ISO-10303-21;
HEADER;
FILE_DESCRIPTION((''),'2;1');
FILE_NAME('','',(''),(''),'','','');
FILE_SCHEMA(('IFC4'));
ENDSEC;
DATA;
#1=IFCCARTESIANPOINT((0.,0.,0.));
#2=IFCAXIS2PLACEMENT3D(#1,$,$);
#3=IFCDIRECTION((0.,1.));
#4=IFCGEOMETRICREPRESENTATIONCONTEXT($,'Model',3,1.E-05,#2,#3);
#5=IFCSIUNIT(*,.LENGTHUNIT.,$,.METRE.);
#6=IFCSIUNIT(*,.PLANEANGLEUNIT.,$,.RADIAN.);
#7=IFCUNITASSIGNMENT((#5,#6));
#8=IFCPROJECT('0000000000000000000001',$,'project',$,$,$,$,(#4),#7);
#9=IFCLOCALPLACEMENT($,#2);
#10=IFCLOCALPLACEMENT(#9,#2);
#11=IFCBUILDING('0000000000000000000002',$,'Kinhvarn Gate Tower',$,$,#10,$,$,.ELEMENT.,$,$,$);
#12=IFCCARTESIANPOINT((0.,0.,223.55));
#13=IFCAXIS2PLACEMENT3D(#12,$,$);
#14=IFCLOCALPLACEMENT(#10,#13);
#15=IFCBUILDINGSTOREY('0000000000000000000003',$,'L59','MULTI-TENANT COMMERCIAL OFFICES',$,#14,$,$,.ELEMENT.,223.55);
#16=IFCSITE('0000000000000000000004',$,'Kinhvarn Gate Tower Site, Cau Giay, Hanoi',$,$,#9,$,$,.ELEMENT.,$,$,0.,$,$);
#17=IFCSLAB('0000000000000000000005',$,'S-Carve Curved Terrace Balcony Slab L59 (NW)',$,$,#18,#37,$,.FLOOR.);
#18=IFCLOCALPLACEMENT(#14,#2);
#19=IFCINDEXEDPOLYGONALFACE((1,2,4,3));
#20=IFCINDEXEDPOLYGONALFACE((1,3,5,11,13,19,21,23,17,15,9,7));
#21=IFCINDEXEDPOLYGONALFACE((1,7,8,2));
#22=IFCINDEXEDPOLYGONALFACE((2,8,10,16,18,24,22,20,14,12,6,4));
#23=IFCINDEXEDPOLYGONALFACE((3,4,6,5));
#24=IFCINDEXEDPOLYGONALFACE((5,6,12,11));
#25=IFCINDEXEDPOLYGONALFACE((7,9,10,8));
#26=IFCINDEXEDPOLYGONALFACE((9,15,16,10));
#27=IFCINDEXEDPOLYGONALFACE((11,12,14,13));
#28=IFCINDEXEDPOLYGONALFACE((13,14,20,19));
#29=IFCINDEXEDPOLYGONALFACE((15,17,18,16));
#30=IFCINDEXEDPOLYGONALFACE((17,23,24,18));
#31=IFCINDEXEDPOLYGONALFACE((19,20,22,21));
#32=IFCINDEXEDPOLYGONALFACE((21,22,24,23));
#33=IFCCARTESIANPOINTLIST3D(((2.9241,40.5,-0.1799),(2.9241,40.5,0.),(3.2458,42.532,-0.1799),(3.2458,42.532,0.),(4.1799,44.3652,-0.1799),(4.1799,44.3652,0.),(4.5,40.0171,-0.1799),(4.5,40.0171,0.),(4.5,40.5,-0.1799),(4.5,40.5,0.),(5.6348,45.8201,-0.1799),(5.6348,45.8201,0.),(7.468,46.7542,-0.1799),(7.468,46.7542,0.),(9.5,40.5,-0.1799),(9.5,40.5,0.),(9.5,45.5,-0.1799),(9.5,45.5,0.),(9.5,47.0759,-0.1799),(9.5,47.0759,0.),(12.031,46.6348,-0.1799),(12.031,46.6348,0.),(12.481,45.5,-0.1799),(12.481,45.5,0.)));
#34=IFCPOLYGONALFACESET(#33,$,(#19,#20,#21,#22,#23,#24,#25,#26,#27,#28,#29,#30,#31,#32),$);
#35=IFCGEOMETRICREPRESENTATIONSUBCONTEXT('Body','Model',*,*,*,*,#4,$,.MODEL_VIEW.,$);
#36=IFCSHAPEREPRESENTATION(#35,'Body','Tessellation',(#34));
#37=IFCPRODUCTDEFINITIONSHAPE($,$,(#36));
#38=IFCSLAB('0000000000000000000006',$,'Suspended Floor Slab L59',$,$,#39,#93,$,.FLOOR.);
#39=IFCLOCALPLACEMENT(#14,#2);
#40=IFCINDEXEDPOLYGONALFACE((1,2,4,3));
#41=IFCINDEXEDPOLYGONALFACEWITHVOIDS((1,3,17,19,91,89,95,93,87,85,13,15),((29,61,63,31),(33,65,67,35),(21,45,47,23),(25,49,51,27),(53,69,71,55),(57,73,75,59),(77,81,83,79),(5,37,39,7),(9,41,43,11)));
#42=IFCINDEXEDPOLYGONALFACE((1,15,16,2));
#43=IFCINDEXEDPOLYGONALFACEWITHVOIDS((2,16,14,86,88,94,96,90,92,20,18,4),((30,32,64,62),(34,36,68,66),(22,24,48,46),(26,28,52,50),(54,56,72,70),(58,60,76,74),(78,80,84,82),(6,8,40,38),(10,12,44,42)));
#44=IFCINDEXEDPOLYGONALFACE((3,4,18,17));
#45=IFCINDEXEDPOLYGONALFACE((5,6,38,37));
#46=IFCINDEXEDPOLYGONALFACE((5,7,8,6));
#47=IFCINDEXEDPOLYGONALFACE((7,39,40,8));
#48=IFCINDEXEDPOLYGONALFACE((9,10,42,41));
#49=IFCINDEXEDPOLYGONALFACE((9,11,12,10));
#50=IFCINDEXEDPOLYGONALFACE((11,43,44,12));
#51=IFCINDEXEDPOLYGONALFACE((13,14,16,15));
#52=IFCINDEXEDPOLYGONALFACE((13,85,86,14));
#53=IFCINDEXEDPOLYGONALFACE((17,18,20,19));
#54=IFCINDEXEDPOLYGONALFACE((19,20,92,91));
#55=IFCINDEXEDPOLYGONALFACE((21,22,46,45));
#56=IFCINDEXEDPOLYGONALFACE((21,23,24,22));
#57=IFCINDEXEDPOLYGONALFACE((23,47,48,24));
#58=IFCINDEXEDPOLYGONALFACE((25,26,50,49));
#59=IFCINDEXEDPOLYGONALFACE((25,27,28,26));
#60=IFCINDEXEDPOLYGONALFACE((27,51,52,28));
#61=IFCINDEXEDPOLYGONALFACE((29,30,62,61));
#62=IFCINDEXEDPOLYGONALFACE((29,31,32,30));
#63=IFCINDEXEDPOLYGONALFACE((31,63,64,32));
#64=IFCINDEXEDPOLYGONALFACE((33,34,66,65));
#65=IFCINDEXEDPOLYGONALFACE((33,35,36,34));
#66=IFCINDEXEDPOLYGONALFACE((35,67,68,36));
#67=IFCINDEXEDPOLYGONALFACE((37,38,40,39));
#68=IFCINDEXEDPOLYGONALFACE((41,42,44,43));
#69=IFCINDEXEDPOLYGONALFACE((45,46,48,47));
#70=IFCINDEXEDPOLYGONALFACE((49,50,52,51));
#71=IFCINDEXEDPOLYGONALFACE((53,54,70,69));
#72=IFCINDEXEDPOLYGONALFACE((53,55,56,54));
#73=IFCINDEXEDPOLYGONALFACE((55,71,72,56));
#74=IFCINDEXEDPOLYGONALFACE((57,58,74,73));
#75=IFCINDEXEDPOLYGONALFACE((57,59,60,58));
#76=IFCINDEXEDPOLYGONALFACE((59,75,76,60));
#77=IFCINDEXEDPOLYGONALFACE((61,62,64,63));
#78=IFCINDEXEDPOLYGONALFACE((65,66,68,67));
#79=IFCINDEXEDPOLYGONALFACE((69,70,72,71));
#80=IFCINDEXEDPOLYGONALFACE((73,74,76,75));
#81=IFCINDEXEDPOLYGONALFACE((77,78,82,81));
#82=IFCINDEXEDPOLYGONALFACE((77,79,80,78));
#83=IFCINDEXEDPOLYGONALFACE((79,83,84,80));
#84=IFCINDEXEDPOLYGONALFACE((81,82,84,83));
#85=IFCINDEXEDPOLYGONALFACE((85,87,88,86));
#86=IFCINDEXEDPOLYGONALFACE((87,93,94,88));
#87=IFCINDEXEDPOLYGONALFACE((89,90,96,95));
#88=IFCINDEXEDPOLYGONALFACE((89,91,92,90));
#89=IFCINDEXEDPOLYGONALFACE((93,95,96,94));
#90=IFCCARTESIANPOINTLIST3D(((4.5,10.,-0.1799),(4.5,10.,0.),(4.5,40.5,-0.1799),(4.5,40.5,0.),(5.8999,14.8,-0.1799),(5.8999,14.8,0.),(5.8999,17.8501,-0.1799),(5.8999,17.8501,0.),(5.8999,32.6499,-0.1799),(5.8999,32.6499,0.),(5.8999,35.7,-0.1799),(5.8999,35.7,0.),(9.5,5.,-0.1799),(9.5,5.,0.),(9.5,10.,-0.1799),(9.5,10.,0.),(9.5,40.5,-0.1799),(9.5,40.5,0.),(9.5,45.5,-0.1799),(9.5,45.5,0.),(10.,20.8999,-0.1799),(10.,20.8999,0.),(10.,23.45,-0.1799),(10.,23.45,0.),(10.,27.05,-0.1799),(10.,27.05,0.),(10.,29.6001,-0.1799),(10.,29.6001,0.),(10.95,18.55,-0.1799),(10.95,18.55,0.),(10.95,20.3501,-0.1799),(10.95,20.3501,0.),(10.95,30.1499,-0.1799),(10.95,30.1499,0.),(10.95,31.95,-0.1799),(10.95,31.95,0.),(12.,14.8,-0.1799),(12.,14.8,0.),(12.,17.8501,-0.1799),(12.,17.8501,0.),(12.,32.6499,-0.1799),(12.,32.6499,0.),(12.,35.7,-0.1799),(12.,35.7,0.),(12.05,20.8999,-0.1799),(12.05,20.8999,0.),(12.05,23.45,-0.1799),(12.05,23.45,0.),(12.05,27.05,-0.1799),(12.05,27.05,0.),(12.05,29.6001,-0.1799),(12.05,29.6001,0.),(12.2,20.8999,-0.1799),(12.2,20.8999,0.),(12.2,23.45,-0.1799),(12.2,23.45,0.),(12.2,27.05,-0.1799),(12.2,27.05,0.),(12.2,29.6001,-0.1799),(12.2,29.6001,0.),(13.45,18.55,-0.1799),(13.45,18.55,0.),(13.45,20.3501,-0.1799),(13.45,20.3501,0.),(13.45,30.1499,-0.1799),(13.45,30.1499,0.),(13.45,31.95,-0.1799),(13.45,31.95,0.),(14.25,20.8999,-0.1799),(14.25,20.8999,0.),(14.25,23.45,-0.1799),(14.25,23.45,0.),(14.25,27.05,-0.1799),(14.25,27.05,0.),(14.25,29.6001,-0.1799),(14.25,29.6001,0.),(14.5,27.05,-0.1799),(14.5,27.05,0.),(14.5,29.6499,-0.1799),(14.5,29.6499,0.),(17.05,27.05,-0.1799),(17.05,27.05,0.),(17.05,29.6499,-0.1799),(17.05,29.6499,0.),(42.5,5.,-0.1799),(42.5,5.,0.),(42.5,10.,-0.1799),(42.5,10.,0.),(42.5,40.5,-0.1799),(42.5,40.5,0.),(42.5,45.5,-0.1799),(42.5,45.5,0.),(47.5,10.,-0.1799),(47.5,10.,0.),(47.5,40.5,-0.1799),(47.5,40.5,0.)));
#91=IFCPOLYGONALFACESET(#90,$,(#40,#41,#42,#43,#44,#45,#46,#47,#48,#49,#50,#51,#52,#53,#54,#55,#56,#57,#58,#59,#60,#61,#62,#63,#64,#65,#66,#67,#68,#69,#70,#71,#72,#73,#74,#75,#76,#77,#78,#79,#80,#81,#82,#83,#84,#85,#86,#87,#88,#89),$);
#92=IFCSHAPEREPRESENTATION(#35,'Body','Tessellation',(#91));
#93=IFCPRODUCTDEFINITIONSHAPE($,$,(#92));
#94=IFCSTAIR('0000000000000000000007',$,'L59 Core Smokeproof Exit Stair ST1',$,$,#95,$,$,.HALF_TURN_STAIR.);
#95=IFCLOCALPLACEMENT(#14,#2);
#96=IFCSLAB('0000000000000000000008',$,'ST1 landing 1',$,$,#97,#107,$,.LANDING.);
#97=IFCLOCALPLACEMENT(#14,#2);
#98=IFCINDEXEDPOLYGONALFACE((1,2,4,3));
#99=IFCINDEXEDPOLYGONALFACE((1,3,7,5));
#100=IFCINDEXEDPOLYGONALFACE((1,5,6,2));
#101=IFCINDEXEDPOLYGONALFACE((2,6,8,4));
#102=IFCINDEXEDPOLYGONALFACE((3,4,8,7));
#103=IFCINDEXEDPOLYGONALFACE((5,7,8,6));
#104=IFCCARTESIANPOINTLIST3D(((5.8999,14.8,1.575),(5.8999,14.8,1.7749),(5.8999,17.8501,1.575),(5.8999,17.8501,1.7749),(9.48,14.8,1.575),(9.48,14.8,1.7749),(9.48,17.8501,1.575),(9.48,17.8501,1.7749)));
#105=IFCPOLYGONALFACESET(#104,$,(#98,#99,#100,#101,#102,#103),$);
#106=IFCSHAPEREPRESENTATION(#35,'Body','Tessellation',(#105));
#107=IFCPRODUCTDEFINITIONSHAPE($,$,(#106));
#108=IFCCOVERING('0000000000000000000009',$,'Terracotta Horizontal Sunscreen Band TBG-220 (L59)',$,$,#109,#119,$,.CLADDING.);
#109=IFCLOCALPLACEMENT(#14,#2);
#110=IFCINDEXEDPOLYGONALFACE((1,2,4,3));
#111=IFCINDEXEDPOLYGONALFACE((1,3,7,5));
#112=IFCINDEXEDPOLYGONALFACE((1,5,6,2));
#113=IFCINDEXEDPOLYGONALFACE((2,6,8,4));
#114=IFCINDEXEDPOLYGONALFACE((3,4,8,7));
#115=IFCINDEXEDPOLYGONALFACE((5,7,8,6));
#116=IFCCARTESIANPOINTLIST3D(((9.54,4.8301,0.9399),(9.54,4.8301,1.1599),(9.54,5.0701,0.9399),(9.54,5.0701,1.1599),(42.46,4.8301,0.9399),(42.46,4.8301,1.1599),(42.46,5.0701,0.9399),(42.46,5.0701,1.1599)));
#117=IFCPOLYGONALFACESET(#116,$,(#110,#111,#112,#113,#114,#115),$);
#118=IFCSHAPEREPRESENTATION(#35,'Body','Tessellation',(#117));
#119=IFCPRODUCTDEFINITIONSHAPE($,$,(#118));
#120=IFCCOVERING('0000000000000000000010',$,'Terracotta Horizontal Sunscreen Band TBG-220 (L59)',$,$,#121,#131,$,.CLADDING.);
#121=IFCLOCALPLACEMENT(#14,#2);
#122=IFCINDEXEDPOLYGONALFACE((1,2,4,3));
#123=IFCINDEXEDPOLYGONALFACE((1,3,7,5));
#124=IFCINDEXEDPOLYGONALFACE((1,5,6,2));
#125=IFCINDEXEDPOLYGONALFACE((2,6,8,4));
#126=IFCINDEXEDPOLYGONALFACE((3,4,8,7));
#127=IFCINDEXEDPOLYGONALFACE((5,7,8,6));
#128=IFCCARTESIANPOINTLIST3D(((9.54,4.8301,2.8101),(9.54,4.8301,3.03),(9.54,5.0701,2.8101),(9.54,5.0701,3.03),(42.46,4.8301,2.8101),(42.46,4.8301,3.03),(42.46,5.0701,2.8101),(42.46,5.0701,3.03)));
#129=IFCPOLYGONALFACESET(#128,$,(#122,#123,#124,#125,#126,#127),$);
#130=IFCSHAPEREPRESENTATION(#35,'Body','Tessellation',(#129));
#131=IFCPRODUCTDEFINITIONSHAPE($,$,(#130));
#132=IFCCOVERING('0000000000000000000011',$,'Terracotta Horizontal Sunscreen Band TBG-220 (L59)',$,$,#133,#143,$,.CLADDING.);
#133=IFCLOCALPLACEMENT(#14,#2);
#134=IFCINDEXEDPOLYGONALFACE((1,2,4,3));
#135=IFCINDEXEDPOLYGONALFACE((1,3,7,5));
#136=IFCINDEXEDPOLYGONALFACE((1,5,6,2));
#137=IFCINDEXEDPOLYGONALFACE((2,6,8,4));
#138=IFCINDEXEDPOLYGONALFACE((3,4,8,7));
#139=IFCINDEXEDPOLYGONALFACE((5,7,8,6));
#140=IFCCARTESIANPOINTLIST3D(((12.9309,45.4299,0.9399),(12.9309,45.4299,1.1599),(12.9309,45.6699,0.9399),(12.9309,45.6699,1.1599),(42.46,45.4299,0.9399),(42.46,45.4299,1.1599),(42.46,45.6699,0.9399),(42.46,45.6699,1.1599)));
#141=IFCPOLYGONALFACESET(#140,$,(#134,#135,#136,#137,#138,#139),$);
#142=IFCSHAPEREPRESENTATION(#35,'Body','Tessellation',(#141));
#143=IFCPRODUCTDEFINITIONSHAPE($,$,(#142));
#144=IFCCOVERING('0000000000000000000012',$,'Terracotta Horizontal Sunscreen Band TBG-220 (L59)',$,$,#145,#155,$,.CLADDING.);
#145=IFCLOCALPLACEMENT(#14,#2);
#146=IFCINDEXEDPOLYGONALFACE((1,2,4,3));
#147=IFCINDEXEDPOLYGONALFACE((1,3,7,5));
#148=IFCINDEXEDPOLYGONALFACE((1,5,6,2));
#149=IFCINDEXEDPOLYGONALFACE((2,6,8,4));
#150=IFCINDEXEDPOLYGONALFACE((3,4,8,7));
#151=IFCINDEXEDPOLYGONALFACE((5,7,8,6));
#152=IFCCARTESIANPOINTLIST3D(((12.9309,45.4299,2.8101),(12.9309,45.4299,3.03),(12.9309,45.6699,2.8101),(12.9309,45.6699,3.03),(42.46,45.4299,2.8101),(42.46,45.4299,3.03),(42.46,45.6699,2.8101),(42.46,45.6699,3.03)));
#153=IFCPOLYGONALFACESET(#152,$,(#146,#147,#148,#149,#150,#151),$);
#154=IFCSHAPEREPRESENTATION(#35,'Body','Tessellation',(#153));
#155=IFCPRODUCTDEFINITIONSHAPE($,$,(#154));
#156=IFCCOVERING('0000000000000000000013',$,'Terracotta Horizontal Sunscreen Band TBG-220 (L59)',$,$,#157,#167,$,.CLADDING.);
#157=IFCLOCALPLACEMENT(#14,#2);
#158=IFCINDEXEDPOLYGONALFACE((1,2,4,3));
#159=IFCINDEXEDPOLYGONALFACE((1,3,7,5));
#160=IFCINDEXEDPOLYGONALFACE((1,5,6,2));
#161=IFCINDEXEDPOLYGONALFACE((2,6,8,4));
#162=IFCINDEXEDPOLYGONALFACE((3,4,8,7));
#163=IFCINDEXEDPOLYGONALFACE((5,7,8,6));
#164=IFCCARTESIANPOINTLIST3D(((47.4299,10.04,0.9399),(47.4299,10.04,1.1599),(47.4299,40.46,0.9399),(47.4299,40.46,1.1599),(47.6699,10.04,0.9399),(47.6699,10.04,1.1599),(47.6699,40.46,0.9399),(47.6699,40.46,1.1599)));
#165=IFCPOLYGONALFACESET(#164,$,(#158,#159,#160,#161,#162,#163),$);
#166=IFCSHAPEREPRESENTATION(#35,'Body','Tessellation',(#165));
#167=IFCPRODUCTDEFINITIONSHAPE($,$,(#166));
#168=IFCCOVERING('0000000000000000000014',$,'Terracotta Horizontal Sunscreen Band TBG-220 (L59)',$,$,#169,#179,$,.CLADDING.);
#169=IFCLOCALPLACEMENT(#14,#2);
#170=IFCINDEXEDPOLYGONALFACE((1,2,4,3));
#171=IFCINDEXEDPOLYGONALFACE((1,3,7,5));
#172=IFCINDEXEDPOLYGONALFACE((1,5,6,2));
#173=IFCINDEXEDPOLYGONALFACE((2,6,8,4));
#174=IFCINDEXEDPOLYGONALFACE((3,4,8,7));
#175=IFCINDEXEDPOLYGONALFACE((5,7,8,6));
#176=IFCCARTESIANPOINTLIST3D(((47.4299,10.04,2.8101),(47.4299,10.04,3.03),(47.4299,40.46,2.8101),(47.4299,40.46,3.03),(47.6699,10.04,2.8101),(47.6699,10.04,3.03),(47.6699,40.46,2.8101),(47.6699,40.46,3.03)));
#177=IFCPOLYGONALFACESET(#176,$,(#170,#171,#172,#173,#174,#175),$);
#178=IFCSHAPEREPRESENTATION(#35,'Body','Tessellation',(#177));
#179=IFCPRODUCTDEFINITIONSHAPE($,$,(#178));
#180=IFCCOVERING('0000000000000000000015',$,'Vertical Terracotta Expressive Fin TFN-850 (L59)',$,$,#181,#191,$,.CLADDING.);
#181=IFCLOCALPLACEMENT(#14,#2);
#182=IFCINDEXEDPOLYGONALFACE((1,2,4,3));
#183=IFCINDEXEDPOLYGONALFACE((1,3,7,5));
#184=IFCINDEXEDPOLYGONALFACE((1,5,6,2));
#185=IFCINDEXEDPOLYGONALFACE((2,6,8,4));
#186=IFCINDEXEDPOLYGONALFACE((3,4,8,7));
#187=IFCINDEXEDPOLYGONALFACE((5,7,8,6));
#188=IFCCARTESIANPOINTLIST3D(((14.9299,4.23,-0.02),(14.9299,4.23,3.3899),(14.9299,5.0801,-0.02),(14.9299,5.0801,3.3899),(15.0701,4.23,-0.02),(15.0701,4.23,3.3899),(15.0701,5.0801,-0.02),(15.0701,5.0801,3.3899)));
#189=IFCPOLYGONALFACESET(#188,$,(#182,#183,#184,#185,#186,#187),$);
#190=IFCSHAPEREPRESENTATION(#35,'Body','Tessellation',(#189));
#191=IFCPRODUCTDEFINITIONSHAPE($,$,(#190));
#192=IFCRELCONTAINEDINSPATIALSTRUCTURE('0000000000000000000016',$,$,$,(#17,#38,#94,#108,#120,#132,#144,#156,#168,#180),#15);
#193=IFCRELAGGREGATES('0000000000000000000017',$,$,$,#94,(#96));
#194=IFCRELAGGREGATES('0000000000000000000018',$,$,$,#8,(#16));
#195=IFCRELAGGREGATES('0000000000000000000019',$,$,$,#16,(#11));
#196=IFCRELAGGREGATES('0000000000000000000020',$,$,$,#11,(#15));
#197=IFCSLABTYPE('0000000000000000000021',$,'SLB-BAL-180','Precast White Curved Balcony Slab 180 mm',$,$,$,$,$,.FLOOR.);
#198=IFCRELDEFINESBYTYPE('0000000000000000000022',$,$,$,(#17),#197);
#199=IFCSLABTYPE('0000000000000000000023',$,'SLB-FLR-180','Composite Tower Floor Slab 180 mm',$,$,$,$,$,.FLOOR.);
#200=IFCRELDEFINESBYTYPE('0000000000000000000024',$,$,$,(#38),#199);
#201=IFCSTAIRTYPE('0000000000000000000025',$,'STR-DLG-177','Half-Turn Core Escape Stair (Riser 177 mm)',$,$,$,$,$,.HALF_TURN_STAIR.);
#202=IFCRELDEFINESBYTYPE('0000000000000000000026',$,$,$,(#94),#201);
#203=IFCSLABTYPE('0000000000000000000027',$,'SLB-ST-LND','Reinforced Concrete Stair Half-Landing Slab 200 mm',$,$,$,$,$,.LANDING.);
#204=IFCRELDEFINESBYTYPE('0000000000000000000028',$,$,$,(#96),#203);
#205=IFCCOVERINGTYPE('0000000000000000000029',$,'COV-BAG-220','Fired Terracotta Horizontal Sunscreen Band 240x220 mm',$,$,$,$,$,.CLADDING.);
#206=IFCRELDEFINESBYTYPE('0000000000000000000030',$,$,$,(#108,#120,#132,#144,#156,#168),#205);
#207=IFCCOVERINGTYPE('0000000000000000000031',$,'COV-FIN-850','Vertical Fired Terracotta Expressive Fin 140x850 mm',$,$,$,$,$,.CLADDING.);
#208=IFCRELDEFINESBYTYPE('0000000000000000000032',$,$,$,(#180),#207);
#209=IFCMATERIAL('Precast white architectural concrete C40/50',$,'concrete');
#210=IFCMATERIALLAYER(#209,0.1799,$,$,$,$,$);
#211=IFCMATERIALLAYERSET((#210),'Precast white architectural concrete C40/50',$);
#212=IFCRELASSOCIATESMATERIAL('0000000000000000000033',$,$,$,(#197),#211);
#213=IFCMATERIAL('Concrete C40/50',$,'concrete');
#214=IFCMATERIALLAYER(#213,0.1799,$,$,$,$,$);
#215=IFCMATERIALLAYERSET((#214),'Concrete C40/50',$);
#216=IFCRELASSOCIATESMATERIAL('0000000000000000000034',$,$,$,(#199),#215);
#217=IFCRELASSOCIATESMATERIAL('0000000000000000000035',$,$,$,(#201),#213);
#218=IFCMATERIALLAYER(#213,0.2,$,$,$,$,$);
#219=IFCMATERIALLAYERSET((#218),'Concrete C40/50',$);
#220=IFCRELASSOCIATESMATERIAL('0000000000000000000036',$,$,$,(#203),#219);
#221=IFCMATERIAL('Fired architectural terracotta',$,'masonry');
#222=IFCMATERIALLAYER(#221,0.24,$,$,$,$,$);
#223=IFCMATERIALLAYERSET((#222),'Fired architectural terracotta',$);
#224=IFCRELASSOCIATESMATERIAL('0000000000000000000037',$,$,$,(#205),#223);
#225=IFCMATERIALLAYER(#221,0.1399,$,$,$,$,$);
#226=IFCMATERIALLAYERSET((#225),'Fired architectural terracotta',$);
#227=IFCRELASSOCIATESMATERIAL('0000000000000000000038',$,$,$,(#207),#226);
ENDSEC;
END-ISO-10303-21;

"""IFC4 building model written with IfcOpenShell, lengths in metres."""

from ifc_helpers import new_model, si_unit, direction, frame, origin, place, context, subcontext, project, spatial, polyline, outline, extrude, material, layer, layer_set, type_object, element, aggregate, save


model = new_model("IFC4")

# Units and contexts
model_context = context("Model", 3, precision=1e-05, world=origin(), true_north=direction((0.0, 1.0)))
body_context = subcontext(model_context, "Body", "Model", "MODEL_VIEW")
ifc_project = project(units=[si_unit("LENGTHUNIT", "METRE"), si_unit("PLANEANGLEUNIT", "RADIAN")], contexts=[model_context])

# Site, building, storey
site_placement = place(None, origin())
site = spatial("IfcSite", under=ifc_project, at=site_placement, Name="Kinhvarn Gate Tower Site, Cau Giay, Hanoi", CompositionType="ELEMENT", RefElevation=0.0)
building_placement = place(site_placement, origin())
building = spatial("IfcBuilding", under=site, at=building_placement, Name="Kinhvarn Gate Tower", CompositionType="ELEMENT")
storey_placement = place(building_placement, frame((0.0, 0.0, 223.55)))
storey = spatial("IfcBuildingStorey", under=building, at=storey_placement, Name="L59", Description="MULTI-TENANT COMMERCIAL OFFICES", CompositionType="ELEMENT", Elevation=223.55)

# Slabs
ifc_material_1 = material(Name="Precast white architectural concrete C40/50", Category="concrete")
ifc_layer_1 = layer(ifc_material_1, 0.1799)
ifc_layer_set_1 = layer_set([ifc_layer_1], Name="Precast white architectural concrete C40/50")
slab_type_1 = type_object("IfcSlabType", Name="SLB-BAL-180", Description="Precast White Curved Balcony Slab 180 mm", PredefinedType="FLOOR", material=ifc_layer_set_1)
slab_1_placement = place(storey_placement, frame((0.0, 0.0, -0.1799)))
element("IfcSlab", 1, at=slab_1_placement, inside=storey, type_object=slab_type_1, Name="S-Carve Curved Terrace Balcony Slab L59 (NW)", PredefinedType="FLOOR", context=body_context, shape_type="SweptSolid", body=[
    extrude(outline(polyline([(12.481, 45.5), (12.031, 46.6348), (9.5, 47.0759), (7.468, 46.7542), (5.6348, 45.8201), (4.1799, 44.3652), (3.2458, 42.532), (2.9241, 40.5), (4.5, 40.0171), (4.5, 40.5), (9.5, 40.5), (9.5, 45.5), (12.481, 45.5)])), origin(), (0.0, 0.0, 1.0), 0.1799),
])
ifc_material_2 = material(Name="Concrete C40/50", Category="concrete")
ifc_layer_2 = layer(ifc_material_2, 0.1799)
ifc_layer_set_2 = layer_set([ifc_layer_2], Name="Concrete C40/50")
slab_type_2 = type_object("IfcSlabType", Name="SLB-FLR-180", Description="Composite Tower Floor Slab 180 mm", PredefinedType="FLOOR", material=ifc_layer_set_2)
slab_2_placement = place(storey_placement, frame((0.0, 0.0, -0.1799)))
element("IfcSlab", 2, at=slab_2_placement, inside=storey, type_object=slab_type_2, Name="Suspended Floor Slab L59", PredefinedType="FLOOR", context=body_context, shape_type="SweptSolid", body=[
    extrude(outline(polyline([(9.5, 5.0), (42.5, 5.0), (42.5, 10.0), (47.5, 10.0), (47.5, 40.5), (42.5, 40.5), (42.5, 45.5), (9.5, 45.5), (9.5, 40.5), (4.5, 40.5), (4.5, 10.0), (9.5, 10.0), (9.5, 5.0)]), holes=[polyline([(5.8999, 14.8), (12.0, 14.8), (12.0, 17.8501), (5.8999, 17.8501), (5.8999, 14.8)]), polyline([(5.8999, 32.6499), (12.0, 32.6499), (12.0, 35.7), (5.8999, 35.7), (5.8999, 32.6499)]), polyline([(10.0, 20.8999), (12.05, 20.8999), (12.05, 23.45), (10.0, 23.45), (10.0, 20.8999)]), polyline([(12.2, 20.8999), (14.25, 20.8999), (14.25, 23.45), (12.2, 23.45), (12.2, 20.8999)]), polyline([(10.0, 27.05), (12.05, 27.05), (12.05, 29.6001), (10.0, 29.6001), (10.0, 27.05)]), polyline([(12.2, 27.05), (14.25, 27.05), (14.25, 29.6001), (12.2, 29.6001), (12.2, 27.05)]), polyline([(14.5, 27.05), (17.05, 27.05), (17.05, 29.6499), (14.5, 29.6499), (14.5, 27.05)]), polyline([(10.95, 18.55), (13.45, 18.55), (13.45, 20.3501), (10.95, 20.3501), (10.95, 18.55)]), polyline([(10.95, 30.1499), (13.45, 30.1499), (13.45, 31.95), (10.95, 31.95), (10.95, 30.1499)])]), origin(), (0.0, 0.0, 1.0), 0.1799),
])

# Stair, slab
stair_type = type_object("IfcStairType", Name="STR-DLG-177", Description="Half-Turn Core Escape Stair (Riser 177 mm)", PredefinedType="HALF_TURN_STAIR", material=ifc_material_2)
stair_placement = place(storey_placement, origin())
stair = element("IfcStair", 3, at=stair_placement, inside=storey, type_object=stair_type, Name="L59 Core Smokeproof Exit Stair ST1", PredefinedType="HALF_TURN_STAIR")
ifc_layer_3 = layer(ifc_material_2, 0.2)
ifc_layer_set_3 = layer_set([ifc_layer_3], Name="Concrete C40/50")
slab_type_3 = type_object("IfcSlabType", Name="SLB-ST-LND", Description="Reinforced Concrete Stair Half-Landing Slab 200 mm", PredefinedType="LANDING", material=ifc_layer_set_3)
slab_3_placement = place(storey_placement, frame((0.0, 0.0, 1.575)))
slab_3 = element("IfcSlab", 4, at=slab_3_placement, type_object=slab_type_3, Name="ST1 landing 1", PredefinedType="LANDING", context=body_context, shape_type="SweptSolid", body=[
    extrude(outline(polyline([(9.48, 17.8501), (5.8999, 17.8501), (5.8999, 14.8), (9.48, 14.8), (9.48, 17.8501)])), origin(), (0.0, 0.0, 1.0), 0.2),
])
aggregate(stair, [slab_3])

# Coverings
ifc_material_3 = material(Name="Fired architectural terracotta", Category="masonry")
ifc_layer_4 = layer(ifc_material_3, 0.24)
ifc_layer_set_4 = layer_set([ifc_layer_4], Name="Fired architectural terracotta")
covering_type_1 = type_object("IfcCoveringType", Name="COV-BAG-220", Description="Fired Terracotta Horizontal Sunscreen Band 240x220 mm", PredefinedType="CLADDING", material=ifc_layer_set_4)
for number, where, name in (
    (5, (0.0, 0.0, 0.9399), "Terracotta Horizontal Sunscreen Band TBG-220 (L59)"),
    (6, (0.0, 0.0, 2.8101), "Terracotta Horizontal Sunscreen Band TBG-220 (L59)"),
):
    element("IfcCovering", number, at=place(storey_placement, frame(where)), inside=storey, type_object=covering_type_1, Name=name, PredefinedType="CLADDING", context=body_context, shape_type="SweptSolid", body=[
        extrude(outline(polyline([(9.54, 5.0701), (42.46, 5.0701), (42.46, 4.8301), (9.54, 4.8301), (9.54, 5.0701)])), origin(), (0.0, 0.0, 1.0), 0.22),
    ])
for number, where, name in (
    (7, (0.0, 0.0, 0.9399), "Terracotta Horizontal Sunscreen Band TBG-220 (L59)"),
    (8, (0.0, 0.0, 2.8101), "Terracotta Horizontal Sunscreen Band TBG-220 (L59)"),
):
    element("IfcCovering", number, at=place(storey_placement, frame(where)), inside=storey, type_object=covering_type_1, Name=name, PredefinedType="CLADDING", context=body_context, shape_type="SweptSolid", body=[
        extrude(outline(polyline([(42.46, 45.4299), (12.9309, 45.4299), (12.9309, 45.6699), (42.46, 45.6699), (42.46, 45.4299)])), origin(), (0.0, 0.0, 1.0), 0.22),
    ])
for number, where, name in (
    (9, (0.0, 0.0, 0.9399), "Terracotta Horizontal Sunscreen Band TBG-220 (L59)"),
    (10, (0.0, 0.0, 2.8101), "Terracotta Horizontal Sunscreen Band TBG-220 (L59)"),
):
    element("IfcCovering", number, at=place(storey_placement, frame(where)), inside=storey, type_object=covering_type_1, Name=name, PredefinedType="CLADDING", context=body_context, shape_type="SweptSolid", body=[
        extrude(outline(polyline([(47.4299, 10.04), (47.4299, 40.46), (47.6699, 40.46), (47.6699, 10.04), (47.4299, 10.04)])), origin(), (0.0, 0.0, 1.0), 0.22),
    ])
ifc_layer_5 = layer(ifc_material_3, 0.1399)
ifc_layer_set_5 = layer_set([ifc_layer_5], Name="Fired architectural terracotta")
covering_type_2 = type_object("IfcCoveringType", Name="COV-FIN-850", Description="Vertical Fired Terracotta Expressive Fin 140x850 mm", PredefinedType="CLADDING", material=ifc_layer_set_5)
covering_1_placement = place(storey_placement, frame((0.0, 0.0, -0.02)))
element("IfcCovering", 11, at=covering_1_placement, inside=storey, type_object=covering_type_2, Name="Vertical Terracotta Expressive Fin TFN-850 (L59)", PredefinedType="CLADDING", context=body_context, shape_type="SweptSolid", body=[
    extrude(outline(polyline([(14.9299, 5.0801), (15.0701, 5.0801), (15.0701, 4.23), (14.9299, 4.23), (14.9299, 5.0801)])), origin(), (0.0, 0.0, 1.0), 3.4099),
])

save(model, "model.ifc")
